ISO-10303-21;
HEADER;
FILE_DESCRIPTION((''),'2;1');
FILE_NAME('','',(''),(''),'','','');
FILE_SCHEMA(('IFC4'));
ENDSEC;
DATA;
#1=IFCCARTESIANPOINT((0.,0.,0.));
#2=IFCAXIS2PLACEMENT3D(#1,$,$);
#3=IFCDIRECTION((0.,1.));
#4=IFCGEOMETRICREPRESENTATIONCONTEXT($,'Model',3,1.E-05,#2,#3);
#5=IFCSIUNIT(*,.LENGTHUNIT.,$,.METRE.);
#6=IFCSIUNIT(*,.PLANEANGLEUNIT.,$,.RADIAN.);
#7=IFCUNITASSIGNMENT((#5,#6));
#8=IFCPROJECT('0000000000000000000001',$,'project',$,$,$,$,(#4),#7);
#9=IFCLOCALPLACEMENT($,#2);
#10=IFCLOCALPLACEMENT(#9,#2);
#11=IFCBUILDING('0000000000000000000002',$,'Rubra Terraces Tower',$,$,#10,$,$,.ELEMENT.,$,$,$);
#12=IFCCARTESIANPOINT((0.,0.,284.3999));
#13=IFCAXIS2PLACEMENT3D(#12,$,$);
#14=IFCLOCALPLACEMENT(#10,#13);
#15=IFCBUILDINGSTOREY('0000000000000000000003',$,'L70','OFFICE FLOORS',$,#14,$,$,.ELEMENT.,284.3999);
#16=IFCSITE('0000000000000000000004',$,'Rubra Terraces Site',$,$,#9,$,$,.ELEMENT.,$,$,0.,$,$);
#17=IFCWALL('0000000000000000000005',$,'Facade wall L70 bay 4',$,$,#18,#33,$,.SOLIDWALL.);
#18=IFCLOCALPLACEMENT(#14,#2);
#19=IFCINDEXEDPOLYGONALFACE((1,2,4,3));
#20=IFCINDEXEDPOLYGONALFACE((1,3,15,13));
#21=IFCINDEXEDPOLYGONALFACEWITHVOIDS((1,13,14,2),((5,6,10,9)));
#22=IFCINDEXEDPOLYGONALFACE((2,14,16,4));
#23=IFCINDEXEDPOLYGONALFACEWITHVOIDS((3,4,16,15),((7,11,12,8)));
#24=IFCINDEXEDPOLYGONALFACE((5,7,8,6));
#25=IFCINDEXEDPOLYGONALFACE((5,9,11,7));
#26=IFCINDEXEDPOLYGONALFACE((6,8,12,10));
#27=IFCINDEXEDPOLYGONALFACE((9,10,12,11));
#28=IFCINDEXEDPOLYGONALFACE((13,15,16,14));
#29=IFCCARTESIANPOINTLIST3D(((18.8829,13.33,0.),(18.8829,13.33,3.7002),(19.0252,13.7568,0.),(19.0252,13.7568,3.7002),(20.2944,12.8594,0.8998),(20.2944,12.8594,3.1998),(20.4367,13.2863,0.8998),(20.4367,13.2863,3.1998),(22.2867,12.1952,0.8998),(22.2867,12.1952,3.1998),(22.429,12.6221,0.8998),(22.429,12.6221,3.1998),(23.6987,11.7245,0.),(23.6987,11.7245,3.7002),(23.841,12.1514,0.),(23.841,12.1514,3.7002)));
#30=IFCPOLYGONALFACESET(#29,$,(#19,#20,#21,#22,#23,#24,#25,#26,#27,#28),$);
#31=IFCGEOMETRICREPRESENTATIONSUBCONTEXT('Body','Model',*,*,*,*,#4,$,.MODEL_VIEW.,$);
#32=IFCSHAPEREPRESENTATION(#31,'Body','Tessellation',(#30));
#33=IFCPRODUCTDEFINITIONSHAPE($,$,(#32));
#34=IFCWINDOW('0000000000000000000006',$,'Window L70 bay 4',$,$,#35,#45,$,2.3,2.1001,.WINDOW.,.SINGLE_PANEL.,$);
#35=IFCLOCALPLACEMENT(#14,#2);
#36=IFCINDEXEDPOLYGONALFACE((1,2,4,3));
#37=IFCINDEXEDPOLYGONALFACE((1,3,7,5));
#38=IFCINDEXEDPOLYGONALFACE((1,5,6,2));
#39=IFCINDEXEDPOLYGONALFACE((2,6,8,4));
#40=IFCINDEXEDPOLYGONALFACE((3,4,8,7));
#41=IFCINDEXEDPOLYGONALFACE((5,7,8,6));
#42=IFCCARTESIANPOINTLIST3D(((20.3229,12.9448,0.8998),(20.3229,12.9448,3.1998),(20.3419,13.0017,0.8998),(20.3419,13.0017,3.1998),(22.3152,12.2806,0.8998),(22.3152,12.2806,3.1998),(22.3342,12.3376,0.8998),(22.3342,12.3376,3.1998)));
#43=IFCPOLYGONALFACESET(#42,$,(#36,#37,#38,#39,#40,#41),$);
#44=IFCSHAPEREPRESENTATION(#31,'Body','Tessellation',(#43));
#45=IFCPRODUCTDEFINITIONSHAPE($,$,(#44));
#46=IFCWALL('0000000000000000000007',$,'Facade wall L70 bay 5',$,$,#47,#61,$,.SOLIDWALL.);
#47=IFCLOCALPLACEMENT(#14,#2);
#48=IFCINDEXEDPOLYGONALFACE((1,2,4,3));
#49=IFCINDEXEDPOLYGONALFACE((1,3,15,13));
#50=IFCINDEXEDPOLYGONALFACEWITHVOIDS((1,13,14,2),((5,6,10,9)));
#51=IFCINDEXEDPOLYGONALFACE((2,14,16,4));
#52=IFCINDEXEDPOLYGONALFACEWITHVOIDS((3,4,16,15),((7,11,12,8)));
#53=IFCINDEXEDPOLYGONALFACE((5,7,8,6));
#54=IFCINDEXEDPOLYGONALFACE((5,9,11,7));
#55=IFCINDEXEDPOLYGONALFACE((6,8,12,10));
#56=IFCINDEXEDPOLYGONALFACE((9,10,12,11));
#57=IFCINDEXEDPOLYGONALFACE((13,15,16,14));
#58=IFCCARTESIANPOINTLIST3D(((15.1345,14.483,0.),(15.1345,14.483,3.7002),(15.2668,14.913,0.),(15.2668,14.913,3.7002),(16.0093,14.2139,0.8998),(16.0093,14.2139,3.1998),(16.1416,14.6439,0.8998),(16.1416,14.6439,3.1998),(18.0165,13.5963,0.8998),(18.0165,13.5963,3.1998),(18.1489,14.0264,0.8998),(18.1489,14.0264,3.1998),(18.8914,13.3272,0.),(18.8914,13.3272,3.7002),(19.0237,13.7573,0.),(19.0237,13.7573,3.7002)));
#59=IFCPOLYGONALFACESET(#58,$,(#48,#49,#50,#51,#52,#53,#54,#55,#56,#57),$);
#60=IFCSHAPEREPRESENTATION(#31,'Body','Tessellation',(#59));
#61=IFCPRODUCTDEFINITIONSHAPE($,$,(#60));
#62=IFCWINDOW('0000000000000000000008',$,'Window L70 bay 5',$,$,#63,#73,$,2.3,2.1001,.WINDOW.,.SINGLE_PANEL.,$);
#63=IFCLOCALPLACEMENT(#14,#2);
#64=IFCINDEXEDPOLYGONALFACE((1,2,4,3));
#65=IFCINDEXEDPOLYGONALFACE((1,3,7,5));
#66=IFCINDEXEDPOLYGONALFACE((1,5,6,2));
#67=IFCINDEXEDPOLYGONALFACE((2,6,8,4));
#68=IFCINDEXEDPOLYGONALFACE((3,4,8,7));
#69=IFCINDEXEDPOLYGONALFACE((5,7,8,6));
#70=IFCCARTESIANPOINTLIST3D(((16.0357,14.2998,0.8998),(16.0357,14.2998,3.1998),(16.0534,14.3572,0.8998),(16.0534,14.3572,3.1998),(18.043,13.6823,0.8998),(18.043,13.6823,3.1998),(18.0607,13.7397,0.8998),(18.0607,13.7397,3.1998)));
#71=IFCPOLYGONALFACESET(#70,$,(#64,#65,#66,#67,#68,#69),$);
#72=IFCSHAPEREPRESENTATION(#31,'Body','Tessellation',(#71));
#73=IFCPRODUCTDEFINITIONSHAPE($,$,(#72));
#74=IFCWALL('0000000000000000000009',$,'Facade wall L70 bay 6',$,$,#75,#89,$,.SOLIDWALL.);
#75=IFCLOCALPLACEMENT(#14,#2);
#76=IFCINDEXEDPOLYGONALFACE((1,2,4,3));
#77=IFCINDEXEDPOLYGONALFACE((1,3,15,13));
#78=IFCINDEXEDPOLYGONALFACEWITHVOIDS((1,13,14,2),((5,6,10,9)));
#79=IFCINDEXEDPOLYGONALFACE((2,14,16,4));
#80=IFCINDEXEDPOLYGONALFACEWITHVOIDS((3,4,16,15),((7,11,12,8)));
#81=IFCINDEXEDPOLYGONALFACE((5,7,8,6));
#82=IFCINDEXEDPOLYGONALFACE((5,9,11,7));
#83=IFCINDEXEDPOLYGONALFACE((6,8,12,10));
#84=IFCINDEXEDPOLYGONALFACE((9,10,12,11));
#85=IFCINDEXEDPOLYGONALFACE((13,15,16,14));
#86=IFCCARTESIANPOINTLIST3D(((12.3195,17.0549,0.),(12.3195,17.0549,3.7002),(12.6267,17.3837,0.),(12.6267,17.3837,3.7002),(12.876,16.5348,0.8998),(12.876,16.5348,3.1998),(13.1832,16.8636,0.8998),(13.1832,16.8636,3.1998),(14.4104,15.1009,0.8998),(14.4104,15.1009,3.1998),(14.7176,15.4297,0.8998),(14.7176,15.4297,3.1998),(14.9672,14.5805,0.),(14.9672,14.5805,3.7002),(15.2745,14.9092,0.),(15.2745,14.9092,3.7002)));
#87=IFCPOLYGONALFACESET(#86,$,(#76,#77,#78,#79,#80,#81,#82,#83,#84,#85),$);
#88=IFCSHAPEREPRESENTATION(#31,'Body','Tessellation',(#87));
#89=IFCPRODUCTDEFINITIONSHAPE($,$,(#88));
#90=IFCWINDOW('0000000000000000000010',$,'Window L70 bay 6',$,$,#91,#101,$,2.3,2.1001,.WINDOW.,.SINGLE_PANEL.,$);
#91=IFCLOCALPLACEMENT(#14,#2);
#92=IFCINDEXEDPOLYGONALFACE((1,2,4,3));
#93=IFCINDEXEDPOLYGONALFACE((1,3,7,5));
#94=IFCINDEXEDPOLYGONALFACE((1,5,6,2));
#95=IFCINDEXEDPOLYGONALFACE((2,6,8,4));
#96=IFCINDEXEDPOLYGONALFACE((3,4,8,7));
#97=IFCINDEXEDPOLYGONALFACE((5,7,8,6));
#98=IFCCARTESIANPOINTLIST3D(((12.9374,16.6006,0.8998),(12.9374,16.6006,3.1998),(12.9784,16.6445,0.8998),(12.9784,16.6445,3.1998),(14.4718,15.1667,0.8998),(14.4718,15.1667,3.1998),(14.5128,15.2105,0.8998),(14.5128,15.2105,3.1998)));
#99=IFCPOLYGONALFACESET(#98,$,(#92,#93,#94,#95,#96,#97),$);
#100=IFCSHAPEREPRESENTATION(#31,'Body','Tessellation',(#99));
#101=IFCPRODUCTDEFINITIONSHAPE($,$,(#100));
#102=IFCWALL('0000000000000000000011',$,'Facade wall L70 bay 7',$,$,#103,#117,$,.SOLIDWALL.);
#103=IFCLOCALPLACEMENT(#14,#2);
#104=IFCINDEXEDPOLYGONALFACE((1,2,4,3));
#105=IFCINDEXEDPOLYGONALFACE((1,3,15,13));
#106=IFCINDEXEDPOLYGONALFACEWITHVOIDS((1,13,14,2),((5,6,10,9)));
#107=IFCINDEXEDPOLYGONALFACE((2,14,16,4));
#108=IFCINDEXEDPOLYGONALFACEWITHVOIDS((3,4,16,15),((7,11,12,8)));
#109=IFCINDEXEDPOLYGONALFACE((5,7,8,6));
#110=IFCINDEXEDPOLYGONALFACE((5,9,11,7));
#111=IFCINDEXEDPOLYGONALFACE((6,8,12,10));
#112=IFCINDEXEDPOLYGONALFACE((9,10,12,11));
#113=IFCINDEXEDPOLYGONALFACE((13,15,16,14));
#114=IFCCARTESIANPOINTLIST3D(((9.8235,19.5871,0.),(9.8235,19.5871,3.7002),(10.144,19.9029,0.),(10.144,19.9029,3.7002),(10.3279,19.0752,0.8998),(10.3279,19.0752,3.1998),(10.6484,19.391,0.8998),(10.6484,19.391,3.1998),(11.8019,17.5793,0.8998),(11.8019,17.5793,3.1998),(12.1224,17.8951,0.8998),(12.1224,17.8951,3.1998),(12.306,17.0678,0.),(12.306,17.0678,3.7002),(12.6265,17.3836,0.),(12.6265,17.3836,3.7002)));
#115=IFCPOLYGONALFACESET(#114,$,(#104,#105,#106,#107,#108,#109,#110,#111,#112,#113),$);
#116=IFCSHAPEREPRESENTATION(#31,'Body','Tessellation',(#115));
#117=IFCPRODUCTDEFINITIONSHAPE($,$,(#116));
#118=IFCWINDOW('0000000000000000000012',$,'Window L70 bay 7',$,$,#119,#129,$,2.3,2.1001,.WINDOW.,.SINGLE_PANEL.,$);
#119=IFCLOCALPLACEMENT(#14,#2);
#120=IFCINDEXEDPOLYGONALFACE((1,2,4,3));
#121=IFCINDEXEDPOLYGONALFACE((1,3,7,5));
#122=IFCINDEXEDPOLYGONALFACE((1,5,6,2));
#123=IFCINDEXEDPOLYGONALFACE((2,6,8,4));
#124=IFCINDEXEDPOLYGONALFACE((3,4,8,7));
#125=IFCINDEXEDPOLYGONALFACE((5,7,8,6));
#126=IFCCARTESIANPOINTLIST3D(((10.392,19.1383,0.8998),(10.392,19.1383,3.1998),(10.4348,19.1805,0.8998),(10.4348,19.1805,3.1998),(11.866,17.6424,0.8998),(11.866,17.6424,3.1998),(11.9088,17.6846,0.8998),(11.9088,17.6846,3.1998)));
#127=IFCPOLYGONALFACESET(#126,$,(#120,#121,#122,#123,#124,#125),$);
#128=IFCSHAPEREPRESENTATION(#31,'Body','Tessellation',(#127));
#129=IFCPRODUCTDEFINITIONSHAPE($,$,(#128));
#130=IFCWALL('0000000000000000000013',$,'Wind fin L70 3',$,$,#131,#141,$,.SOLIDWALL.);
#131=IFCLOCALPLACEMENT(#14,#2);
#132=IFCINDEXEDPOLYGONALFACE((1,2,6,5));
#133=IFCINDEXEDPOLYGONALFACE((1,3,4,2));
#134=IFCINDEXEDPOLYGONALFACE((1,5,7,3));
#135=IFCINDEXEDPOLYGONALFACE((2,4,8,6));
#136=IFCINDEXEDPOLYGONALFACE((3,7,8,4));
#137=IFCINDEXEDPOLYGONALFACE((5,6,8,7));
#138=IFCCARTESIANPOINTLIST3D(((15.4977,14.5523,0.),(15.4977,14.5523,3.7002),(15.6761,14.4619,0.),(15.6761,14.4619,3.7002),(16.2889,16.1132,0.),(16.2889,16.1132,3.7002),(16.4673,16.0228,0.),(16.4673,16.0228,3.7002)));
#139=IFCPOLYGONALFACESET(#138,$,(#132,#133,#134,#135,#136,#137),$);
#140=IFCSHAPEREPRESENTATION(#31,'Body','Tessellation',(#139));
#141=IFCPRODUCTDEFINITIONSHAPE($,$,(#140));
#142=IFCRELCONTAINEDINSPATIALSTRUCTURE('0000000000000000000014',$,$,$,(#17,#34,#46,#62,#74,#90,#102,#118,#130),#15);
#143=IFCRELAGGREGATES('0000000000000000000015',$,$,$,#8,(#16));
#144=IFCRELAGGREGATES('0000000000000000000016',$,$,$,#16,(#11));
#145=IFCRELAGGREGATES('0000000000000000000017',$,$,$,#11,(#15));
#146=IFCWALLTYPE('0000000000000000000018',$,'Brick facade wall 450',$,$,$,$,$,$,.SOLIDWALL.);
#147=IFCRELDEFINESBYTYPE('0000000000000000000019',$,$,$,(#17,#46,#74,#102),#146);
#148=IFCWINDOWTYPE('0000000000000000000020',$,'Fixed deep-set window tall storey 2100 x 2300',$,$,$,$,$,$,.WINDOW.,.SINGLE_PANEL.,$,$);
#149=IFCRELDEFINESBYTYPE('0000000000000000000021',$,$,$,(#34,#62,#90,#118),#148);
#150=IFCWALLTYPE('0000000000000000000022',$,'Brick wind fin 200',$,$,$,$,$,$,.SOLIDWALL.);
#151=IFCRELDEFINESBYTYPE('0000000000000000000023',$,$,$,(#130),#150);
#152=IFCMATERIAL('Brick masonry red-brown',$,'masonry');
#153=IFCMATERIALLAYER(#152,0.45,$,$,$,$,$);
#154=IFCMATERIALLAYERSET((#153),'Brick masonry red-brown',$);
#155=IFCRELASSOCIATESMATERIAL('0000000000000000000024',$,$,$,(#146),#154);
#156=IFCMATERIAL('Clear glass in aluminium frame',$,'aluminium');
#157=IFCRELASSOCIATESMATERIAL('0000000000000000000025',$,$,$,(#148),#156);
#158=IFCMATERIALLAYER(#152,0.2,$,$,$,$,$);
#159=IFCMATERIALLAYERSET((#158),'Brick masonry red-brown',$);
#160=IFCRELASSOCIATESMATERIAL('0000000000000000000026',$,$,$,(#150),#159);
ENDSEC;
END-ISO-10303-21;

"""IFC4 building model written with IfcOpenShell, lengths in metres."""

from ifc_helpers import new_model, si_unit, direction, frame, frame_2d, origin, place, context, subcontext, project, spatial, rectangle, extrude, material, layer, layer_set, type_object, element, fill, save


model = new_model("IFC4")

# Units and contexts
model_context = context("Model", 3, precision=1e-05, world=origin(), true_north=direction((0.0, 1.0)))
body_context = subcontext(model_context, "Body", "Model", "MODEL_VIEW")
ifc_project = project(units=[si_unit("LENGTHUNIT", "METRE"), si_unit("PLANEANGLEUNIT", "RADIAN")], contexts=[model_context])

# Site, building, storey
site_placement = place(None, origin())
site = spatial("IfcSite", under=ifc_project, at=site_placement, Name="Rubra Terraces Site", CompositionType="ELEMENT", RefElevation=0.0)
building_placement = place(site_placement, origin())
building = spatial("IfcBuilding", under=site, at=building_placement, Name="Rubra Terraces Tower", CompositionType="ELEMENT")
storey_placement = place(building_placement, frame((0.0, 0.0, 284.3999)))
storey = spatial("IfcBuildingStorey", under=building, at=storey_placement, Name="L70", Description="OFFICE FLOORS", CompositionType="ELEMENT", Elevation=284.3999)

# Walls, openings, windows
ifc_material_1 = material(Name="Brick masonry red-brown", Category="masonry")
ifc_layer_1 = layer(ifc_material_1, 0.45)
ifc_layer_set_1 = layer_set([ifc_layer_1], Name="Brick masonry red-brown")
wall_type_1 = type_object("IfcWallType", Name="Brick facade wall 450", PredefinedType="SOLIDWALL", material=ifc_layer_set_1)
wall_1_placement = place(storey_placement, frame((23.7698, 11.938, 0.0), z_axis=(0.0, 0.0, 1.0), x_axis=(-0.948674, 0.316257, 0.0)))
wall_1 = element("IfcWall", 1, at=wall_1_placement, inside=storey, type_object=wall_type_1, Name="Facade wall L70 bay 4", PredefinedType="SOLIDWALL", context=body_context, shape_type="SweptSolid", body=[
    extrude(rectangle(XDim=5.0764, YDim=0.45, at=frame_2d((2.5381, 0.0))), origin(), (0.0, 0.0, 1.0), 3.7002),
])
opening_1_placement = place(wall_1_placement, frame((1.4883, 0.0, 0.8999)))
opening_1 = element("IfcOpeningElement", 2, at=opening_1_placement, cuts=wall_1, PredefinedType="OPENING", context=body_context, shape_type="SweptSolid", body=[
    extrude(rectangle(XDim=2.1001, YDim=2.3, at=frame_2d((1.05, 1.1499))), frame((0.0, 0.2349, 0.0), z_axis=(0.0, -1.0, 0.0), x_axis=(1.0, 0.0, 0.0)), (0.0, 0.0, 1.0), 0.47),
])
ifc_material_2 = material(Name="Clear glass in aluminium frame", Category="aluminium")
window_type = type_object("IfcWindowType", Name="Fixed deep-set window tall storey 2100 x 2300", PartitioningType="SINGLE_PANEL", PredefinedType="WINDOW", material=ifc_material_2)
window_1_placement = place(opening_1_placement, origin())
window_1 = element("IfcWindow", 3, at=window_1_placement, inside=storey, type_object=window_type, Name="Window L70 bay 4", OverallHeight=2.3, OverallWidth=2.1001, PartitioningType="SINGLE_PANEL", PredefinedType="WINDOW", context=body_context, shape_type="SweptSolid", body=[
    extrude(rectangle(XDim=2.1001, YDim=2.3, at=frame_2d((1.05, 1.1499))), frame((0.0, 0.135, 0.0), z_axis=(0.0, -1.0, 0.0), x_axis=(1.0, 0.0, 0.0)), (0.0, 0.0, 1.0), 0.0601),
])
fill(opening_1, window_1)
wall_2_placement = place(storey_placement, frame((18.9575, 13.5422, 0.0), z_axis=(0.0, 0.0, 1.0), x_axis=(-0.955792, 0.294042, 0.0)))
wall_2 = element("IfcWall", 4, at=wall_2_placement, inside=storey, type_object=wall_type_1, Name="Facade wall L70 bay 5", PredefinedType="SOLIDWALL", context=body_context, shape_type="SweptSolid", body=[
    extrude(rectangle(XDim=3.9307, YDim=0.45, at=frame_2d((1.9653, 0.0))), origin(), (0.0, 0.0, 1.0), 3.7002),
])
opening_2_placement = place(wall_2_placement, frame((0.9153, 0.0, 0.8999)))
opening_2 = element("IfcOpeningElement", 5, at=opening_2_placement, cuts=wall_2, PredefinedType="OPENING", context=body_context, shape_type="SweptSolid", body=[
    extrude(rectangle(XDim=2.1001, YDim=2.3, at=frame_2d((1.05, 1.1499))), frame((0.0, 0.2349, 0.0), z_axis=(0.0, -1.0, 0.0), x_axis=(1.0, 0.0, 0.0)), (0.0, 0.0, 1.0), 0.47),
])
window_2_placement = place(opening_2_placement, origin())
window_2 = element("IfcWindow", 6, at=window_2_placement, inside=storey, type_object=window_type, Name="Window L70 bay 5", OverallHeight=2.3, OverallWidth=2.1001, PartitioningType="SINGLE_PANEL", PredefinedType="WINDOW", context=body_context, shape_type="SweptSolid", body=[
    extrude(rectangle(XDim=2.1001, YDim=2.3, at=frame_2d((1.05, 1.1499))), frame((0.0, 0.135, 0.0), z_axis=(0.0, -1.0, 0.0), x_axis=(1.0, 0.0, 0.0)), (0.0, 0.0, 1.0), 0.0601),
])
fill(opening_2, window_2)
wall_3_placement = place(storey_placement, frame((15.1208, 14.7449, 0.0), z_axis=(0.0, 0.0, 1.0), x_axis=(-0.730618, 0.682786, 0.0)))
wall_3 = element("IfcWall", 7, at=wall_3_placement, inside=storey, type_object=wall_type_1, Name="Facade wall L70 bay 6", PredefinedType="SOLIDWALL", context=body_context, shape_type="SweptSolid", body=[
    extrude(rectangle(XDim=3.624, YDim=0.45, at=frame_2d((1.812, 0.0))), origin(), (0.0, 0.0, 1.0), 3.7002),
])
opening_3_placement = place(wall_3_placement, frame((0.7622, 0.0, 0.8999)))
opening_3 = element("IfcOpeningElement", 8, at=opening_3_placement, cuts=wall_3, PredefinedType="OPENING", context=body_context, shape_type="SweptSolid", body=[
    extrude(rectangle(XDim=2.1001, YDim=2.3, at=frame_2d((1.05, 1.1499))), frame((0.0, 0.2349, 0.0), z_axis=(0.0, -1.0, 0.0), x_axis=(1.0, 0.0, 0.0)), (0.0, 0.0, 1.0), 0.47),
])
window_3_placement = place(opening_3_placement, origin())
window_3 = element("IfcWindow", 9, at=window_3_placement, inside=storey, type_object=window_type, Name="Window L70 bay 6", OverallHeight=2.3, OverallWidth=2.1001, PartitioningType="SINGLE_PANEL", PredefinedType="WINDOW", context=body_context, shape_type="SweptSolid", body=[
    extrude(rectangle(XDim=2.1001, YDim=2.3, at=frame_2d((1.05, 1.1499))), frame((0.0, 0.135, 0.0), z_axis=(0.0, -1.0, 0.0), x_axis=(1.0, 0.0, 0.0)), (0.0, 0.0, 1.0), 0.0601),
])
fill(opening_3, window_3)
wall_4_placement = place(storey_placement, frame((12.4663, 17.2256, 0.0), z_axis=(0.0, 0.0, 1.0), x_axis=(-0.701876, 0.712299, 0.0)))
wall_4 = element("IfcWall", 10, at=wall_4_placement, inside=storey, type_object=wall_type_1, Name="Facade wall L70 bay 7", PredefinedType="SOLIDWALL", context=body_context, shape_type="SweptSolid", body=[
    extrude(rectangle(XDim=3.5369, YDim=0.45, at=frame_2d((1.7686, 0.0))), origin(), (0.0, 0.0, 1.0), 3.7002),
])
opening_4_placement = place(wall_4_placement, frame((0.7183, 0.0, 0.8999)))
opening_4 = element("IfcOpeningElement", 11, at=opening_4_placement, cuts=wall_4, PredefinedType="OPENING", context=body_context, shape_type="SweptSolid", body=[
    extrude(rectangle(XDim=2.1001, YDim=2.3, at=frame_2d((1.05, 1.1499))), frame((0.0, 0.2349, 0.0), z_axis=(0.0, -1.0, 0.0), x_axis=(1.0, 0.0, 0.0)), (0.0, 0.0, 1.0), 0.47),
])
window_4_placement = place(opening_4_placement, origin())
window_4 = element("IfcWindow", 12, at=window_4_placement, inside=storey, type_object=window_type, Name="Window L70 bay 7", OverallHeight=2.3, OverallWidth=2.1001, PartitioningType="SINGLE_PANEL", PredefinedType="WINDOW", context=body_context, shape_type="SweptSolid", body=[
    extrude(rectangle(XDim=2.1001, YDim=2.3, at=frame_2d((1.05, 1.1499))), frame((0.0, 0.135, 0.0), z_axis=(0.0, -1.0, 0.0), x_axis=(1.0, 0.0, 0.0)), (0.0, 0.0, 1.0), 0.0601),
])
fill(opening_4, window_4)

# Wall
ifc_layer_2 = layer(ifc_material_1, 0.2)
ifc_layer_set_2 = layer_set([ifc_layer_2], Name="Brick masonry red-brown")
wall_type_2 = type_object("IfcWallType", Name="Brick wind fin 200", PredefinedType="SOLIDWALL", material=ifc_layer_set_2)
wall_5_placement = place(storey_placement, frame((15.5869, 14.5071, 0.0), z_axis=(0.0, 0.0, 1.0), x_axis=(0.452117, 0.891959, 0.0)))
element("IfcWall", 13, at=wall_5_placement, inside=storey, type_object=wall_type_2, Name="Wind fin L70 3", PredefinedType="SOLIDWALL", context=body_context, shape_type="SweptSolid", body=[
    extrude(rectangle(XDim=1.75, YDim=0.2, at=frame_2d((0.875, 0.0))), origin(), (0.0, 0.0, 1.0), 3.7002),
])

save(model, "model.ifc")
